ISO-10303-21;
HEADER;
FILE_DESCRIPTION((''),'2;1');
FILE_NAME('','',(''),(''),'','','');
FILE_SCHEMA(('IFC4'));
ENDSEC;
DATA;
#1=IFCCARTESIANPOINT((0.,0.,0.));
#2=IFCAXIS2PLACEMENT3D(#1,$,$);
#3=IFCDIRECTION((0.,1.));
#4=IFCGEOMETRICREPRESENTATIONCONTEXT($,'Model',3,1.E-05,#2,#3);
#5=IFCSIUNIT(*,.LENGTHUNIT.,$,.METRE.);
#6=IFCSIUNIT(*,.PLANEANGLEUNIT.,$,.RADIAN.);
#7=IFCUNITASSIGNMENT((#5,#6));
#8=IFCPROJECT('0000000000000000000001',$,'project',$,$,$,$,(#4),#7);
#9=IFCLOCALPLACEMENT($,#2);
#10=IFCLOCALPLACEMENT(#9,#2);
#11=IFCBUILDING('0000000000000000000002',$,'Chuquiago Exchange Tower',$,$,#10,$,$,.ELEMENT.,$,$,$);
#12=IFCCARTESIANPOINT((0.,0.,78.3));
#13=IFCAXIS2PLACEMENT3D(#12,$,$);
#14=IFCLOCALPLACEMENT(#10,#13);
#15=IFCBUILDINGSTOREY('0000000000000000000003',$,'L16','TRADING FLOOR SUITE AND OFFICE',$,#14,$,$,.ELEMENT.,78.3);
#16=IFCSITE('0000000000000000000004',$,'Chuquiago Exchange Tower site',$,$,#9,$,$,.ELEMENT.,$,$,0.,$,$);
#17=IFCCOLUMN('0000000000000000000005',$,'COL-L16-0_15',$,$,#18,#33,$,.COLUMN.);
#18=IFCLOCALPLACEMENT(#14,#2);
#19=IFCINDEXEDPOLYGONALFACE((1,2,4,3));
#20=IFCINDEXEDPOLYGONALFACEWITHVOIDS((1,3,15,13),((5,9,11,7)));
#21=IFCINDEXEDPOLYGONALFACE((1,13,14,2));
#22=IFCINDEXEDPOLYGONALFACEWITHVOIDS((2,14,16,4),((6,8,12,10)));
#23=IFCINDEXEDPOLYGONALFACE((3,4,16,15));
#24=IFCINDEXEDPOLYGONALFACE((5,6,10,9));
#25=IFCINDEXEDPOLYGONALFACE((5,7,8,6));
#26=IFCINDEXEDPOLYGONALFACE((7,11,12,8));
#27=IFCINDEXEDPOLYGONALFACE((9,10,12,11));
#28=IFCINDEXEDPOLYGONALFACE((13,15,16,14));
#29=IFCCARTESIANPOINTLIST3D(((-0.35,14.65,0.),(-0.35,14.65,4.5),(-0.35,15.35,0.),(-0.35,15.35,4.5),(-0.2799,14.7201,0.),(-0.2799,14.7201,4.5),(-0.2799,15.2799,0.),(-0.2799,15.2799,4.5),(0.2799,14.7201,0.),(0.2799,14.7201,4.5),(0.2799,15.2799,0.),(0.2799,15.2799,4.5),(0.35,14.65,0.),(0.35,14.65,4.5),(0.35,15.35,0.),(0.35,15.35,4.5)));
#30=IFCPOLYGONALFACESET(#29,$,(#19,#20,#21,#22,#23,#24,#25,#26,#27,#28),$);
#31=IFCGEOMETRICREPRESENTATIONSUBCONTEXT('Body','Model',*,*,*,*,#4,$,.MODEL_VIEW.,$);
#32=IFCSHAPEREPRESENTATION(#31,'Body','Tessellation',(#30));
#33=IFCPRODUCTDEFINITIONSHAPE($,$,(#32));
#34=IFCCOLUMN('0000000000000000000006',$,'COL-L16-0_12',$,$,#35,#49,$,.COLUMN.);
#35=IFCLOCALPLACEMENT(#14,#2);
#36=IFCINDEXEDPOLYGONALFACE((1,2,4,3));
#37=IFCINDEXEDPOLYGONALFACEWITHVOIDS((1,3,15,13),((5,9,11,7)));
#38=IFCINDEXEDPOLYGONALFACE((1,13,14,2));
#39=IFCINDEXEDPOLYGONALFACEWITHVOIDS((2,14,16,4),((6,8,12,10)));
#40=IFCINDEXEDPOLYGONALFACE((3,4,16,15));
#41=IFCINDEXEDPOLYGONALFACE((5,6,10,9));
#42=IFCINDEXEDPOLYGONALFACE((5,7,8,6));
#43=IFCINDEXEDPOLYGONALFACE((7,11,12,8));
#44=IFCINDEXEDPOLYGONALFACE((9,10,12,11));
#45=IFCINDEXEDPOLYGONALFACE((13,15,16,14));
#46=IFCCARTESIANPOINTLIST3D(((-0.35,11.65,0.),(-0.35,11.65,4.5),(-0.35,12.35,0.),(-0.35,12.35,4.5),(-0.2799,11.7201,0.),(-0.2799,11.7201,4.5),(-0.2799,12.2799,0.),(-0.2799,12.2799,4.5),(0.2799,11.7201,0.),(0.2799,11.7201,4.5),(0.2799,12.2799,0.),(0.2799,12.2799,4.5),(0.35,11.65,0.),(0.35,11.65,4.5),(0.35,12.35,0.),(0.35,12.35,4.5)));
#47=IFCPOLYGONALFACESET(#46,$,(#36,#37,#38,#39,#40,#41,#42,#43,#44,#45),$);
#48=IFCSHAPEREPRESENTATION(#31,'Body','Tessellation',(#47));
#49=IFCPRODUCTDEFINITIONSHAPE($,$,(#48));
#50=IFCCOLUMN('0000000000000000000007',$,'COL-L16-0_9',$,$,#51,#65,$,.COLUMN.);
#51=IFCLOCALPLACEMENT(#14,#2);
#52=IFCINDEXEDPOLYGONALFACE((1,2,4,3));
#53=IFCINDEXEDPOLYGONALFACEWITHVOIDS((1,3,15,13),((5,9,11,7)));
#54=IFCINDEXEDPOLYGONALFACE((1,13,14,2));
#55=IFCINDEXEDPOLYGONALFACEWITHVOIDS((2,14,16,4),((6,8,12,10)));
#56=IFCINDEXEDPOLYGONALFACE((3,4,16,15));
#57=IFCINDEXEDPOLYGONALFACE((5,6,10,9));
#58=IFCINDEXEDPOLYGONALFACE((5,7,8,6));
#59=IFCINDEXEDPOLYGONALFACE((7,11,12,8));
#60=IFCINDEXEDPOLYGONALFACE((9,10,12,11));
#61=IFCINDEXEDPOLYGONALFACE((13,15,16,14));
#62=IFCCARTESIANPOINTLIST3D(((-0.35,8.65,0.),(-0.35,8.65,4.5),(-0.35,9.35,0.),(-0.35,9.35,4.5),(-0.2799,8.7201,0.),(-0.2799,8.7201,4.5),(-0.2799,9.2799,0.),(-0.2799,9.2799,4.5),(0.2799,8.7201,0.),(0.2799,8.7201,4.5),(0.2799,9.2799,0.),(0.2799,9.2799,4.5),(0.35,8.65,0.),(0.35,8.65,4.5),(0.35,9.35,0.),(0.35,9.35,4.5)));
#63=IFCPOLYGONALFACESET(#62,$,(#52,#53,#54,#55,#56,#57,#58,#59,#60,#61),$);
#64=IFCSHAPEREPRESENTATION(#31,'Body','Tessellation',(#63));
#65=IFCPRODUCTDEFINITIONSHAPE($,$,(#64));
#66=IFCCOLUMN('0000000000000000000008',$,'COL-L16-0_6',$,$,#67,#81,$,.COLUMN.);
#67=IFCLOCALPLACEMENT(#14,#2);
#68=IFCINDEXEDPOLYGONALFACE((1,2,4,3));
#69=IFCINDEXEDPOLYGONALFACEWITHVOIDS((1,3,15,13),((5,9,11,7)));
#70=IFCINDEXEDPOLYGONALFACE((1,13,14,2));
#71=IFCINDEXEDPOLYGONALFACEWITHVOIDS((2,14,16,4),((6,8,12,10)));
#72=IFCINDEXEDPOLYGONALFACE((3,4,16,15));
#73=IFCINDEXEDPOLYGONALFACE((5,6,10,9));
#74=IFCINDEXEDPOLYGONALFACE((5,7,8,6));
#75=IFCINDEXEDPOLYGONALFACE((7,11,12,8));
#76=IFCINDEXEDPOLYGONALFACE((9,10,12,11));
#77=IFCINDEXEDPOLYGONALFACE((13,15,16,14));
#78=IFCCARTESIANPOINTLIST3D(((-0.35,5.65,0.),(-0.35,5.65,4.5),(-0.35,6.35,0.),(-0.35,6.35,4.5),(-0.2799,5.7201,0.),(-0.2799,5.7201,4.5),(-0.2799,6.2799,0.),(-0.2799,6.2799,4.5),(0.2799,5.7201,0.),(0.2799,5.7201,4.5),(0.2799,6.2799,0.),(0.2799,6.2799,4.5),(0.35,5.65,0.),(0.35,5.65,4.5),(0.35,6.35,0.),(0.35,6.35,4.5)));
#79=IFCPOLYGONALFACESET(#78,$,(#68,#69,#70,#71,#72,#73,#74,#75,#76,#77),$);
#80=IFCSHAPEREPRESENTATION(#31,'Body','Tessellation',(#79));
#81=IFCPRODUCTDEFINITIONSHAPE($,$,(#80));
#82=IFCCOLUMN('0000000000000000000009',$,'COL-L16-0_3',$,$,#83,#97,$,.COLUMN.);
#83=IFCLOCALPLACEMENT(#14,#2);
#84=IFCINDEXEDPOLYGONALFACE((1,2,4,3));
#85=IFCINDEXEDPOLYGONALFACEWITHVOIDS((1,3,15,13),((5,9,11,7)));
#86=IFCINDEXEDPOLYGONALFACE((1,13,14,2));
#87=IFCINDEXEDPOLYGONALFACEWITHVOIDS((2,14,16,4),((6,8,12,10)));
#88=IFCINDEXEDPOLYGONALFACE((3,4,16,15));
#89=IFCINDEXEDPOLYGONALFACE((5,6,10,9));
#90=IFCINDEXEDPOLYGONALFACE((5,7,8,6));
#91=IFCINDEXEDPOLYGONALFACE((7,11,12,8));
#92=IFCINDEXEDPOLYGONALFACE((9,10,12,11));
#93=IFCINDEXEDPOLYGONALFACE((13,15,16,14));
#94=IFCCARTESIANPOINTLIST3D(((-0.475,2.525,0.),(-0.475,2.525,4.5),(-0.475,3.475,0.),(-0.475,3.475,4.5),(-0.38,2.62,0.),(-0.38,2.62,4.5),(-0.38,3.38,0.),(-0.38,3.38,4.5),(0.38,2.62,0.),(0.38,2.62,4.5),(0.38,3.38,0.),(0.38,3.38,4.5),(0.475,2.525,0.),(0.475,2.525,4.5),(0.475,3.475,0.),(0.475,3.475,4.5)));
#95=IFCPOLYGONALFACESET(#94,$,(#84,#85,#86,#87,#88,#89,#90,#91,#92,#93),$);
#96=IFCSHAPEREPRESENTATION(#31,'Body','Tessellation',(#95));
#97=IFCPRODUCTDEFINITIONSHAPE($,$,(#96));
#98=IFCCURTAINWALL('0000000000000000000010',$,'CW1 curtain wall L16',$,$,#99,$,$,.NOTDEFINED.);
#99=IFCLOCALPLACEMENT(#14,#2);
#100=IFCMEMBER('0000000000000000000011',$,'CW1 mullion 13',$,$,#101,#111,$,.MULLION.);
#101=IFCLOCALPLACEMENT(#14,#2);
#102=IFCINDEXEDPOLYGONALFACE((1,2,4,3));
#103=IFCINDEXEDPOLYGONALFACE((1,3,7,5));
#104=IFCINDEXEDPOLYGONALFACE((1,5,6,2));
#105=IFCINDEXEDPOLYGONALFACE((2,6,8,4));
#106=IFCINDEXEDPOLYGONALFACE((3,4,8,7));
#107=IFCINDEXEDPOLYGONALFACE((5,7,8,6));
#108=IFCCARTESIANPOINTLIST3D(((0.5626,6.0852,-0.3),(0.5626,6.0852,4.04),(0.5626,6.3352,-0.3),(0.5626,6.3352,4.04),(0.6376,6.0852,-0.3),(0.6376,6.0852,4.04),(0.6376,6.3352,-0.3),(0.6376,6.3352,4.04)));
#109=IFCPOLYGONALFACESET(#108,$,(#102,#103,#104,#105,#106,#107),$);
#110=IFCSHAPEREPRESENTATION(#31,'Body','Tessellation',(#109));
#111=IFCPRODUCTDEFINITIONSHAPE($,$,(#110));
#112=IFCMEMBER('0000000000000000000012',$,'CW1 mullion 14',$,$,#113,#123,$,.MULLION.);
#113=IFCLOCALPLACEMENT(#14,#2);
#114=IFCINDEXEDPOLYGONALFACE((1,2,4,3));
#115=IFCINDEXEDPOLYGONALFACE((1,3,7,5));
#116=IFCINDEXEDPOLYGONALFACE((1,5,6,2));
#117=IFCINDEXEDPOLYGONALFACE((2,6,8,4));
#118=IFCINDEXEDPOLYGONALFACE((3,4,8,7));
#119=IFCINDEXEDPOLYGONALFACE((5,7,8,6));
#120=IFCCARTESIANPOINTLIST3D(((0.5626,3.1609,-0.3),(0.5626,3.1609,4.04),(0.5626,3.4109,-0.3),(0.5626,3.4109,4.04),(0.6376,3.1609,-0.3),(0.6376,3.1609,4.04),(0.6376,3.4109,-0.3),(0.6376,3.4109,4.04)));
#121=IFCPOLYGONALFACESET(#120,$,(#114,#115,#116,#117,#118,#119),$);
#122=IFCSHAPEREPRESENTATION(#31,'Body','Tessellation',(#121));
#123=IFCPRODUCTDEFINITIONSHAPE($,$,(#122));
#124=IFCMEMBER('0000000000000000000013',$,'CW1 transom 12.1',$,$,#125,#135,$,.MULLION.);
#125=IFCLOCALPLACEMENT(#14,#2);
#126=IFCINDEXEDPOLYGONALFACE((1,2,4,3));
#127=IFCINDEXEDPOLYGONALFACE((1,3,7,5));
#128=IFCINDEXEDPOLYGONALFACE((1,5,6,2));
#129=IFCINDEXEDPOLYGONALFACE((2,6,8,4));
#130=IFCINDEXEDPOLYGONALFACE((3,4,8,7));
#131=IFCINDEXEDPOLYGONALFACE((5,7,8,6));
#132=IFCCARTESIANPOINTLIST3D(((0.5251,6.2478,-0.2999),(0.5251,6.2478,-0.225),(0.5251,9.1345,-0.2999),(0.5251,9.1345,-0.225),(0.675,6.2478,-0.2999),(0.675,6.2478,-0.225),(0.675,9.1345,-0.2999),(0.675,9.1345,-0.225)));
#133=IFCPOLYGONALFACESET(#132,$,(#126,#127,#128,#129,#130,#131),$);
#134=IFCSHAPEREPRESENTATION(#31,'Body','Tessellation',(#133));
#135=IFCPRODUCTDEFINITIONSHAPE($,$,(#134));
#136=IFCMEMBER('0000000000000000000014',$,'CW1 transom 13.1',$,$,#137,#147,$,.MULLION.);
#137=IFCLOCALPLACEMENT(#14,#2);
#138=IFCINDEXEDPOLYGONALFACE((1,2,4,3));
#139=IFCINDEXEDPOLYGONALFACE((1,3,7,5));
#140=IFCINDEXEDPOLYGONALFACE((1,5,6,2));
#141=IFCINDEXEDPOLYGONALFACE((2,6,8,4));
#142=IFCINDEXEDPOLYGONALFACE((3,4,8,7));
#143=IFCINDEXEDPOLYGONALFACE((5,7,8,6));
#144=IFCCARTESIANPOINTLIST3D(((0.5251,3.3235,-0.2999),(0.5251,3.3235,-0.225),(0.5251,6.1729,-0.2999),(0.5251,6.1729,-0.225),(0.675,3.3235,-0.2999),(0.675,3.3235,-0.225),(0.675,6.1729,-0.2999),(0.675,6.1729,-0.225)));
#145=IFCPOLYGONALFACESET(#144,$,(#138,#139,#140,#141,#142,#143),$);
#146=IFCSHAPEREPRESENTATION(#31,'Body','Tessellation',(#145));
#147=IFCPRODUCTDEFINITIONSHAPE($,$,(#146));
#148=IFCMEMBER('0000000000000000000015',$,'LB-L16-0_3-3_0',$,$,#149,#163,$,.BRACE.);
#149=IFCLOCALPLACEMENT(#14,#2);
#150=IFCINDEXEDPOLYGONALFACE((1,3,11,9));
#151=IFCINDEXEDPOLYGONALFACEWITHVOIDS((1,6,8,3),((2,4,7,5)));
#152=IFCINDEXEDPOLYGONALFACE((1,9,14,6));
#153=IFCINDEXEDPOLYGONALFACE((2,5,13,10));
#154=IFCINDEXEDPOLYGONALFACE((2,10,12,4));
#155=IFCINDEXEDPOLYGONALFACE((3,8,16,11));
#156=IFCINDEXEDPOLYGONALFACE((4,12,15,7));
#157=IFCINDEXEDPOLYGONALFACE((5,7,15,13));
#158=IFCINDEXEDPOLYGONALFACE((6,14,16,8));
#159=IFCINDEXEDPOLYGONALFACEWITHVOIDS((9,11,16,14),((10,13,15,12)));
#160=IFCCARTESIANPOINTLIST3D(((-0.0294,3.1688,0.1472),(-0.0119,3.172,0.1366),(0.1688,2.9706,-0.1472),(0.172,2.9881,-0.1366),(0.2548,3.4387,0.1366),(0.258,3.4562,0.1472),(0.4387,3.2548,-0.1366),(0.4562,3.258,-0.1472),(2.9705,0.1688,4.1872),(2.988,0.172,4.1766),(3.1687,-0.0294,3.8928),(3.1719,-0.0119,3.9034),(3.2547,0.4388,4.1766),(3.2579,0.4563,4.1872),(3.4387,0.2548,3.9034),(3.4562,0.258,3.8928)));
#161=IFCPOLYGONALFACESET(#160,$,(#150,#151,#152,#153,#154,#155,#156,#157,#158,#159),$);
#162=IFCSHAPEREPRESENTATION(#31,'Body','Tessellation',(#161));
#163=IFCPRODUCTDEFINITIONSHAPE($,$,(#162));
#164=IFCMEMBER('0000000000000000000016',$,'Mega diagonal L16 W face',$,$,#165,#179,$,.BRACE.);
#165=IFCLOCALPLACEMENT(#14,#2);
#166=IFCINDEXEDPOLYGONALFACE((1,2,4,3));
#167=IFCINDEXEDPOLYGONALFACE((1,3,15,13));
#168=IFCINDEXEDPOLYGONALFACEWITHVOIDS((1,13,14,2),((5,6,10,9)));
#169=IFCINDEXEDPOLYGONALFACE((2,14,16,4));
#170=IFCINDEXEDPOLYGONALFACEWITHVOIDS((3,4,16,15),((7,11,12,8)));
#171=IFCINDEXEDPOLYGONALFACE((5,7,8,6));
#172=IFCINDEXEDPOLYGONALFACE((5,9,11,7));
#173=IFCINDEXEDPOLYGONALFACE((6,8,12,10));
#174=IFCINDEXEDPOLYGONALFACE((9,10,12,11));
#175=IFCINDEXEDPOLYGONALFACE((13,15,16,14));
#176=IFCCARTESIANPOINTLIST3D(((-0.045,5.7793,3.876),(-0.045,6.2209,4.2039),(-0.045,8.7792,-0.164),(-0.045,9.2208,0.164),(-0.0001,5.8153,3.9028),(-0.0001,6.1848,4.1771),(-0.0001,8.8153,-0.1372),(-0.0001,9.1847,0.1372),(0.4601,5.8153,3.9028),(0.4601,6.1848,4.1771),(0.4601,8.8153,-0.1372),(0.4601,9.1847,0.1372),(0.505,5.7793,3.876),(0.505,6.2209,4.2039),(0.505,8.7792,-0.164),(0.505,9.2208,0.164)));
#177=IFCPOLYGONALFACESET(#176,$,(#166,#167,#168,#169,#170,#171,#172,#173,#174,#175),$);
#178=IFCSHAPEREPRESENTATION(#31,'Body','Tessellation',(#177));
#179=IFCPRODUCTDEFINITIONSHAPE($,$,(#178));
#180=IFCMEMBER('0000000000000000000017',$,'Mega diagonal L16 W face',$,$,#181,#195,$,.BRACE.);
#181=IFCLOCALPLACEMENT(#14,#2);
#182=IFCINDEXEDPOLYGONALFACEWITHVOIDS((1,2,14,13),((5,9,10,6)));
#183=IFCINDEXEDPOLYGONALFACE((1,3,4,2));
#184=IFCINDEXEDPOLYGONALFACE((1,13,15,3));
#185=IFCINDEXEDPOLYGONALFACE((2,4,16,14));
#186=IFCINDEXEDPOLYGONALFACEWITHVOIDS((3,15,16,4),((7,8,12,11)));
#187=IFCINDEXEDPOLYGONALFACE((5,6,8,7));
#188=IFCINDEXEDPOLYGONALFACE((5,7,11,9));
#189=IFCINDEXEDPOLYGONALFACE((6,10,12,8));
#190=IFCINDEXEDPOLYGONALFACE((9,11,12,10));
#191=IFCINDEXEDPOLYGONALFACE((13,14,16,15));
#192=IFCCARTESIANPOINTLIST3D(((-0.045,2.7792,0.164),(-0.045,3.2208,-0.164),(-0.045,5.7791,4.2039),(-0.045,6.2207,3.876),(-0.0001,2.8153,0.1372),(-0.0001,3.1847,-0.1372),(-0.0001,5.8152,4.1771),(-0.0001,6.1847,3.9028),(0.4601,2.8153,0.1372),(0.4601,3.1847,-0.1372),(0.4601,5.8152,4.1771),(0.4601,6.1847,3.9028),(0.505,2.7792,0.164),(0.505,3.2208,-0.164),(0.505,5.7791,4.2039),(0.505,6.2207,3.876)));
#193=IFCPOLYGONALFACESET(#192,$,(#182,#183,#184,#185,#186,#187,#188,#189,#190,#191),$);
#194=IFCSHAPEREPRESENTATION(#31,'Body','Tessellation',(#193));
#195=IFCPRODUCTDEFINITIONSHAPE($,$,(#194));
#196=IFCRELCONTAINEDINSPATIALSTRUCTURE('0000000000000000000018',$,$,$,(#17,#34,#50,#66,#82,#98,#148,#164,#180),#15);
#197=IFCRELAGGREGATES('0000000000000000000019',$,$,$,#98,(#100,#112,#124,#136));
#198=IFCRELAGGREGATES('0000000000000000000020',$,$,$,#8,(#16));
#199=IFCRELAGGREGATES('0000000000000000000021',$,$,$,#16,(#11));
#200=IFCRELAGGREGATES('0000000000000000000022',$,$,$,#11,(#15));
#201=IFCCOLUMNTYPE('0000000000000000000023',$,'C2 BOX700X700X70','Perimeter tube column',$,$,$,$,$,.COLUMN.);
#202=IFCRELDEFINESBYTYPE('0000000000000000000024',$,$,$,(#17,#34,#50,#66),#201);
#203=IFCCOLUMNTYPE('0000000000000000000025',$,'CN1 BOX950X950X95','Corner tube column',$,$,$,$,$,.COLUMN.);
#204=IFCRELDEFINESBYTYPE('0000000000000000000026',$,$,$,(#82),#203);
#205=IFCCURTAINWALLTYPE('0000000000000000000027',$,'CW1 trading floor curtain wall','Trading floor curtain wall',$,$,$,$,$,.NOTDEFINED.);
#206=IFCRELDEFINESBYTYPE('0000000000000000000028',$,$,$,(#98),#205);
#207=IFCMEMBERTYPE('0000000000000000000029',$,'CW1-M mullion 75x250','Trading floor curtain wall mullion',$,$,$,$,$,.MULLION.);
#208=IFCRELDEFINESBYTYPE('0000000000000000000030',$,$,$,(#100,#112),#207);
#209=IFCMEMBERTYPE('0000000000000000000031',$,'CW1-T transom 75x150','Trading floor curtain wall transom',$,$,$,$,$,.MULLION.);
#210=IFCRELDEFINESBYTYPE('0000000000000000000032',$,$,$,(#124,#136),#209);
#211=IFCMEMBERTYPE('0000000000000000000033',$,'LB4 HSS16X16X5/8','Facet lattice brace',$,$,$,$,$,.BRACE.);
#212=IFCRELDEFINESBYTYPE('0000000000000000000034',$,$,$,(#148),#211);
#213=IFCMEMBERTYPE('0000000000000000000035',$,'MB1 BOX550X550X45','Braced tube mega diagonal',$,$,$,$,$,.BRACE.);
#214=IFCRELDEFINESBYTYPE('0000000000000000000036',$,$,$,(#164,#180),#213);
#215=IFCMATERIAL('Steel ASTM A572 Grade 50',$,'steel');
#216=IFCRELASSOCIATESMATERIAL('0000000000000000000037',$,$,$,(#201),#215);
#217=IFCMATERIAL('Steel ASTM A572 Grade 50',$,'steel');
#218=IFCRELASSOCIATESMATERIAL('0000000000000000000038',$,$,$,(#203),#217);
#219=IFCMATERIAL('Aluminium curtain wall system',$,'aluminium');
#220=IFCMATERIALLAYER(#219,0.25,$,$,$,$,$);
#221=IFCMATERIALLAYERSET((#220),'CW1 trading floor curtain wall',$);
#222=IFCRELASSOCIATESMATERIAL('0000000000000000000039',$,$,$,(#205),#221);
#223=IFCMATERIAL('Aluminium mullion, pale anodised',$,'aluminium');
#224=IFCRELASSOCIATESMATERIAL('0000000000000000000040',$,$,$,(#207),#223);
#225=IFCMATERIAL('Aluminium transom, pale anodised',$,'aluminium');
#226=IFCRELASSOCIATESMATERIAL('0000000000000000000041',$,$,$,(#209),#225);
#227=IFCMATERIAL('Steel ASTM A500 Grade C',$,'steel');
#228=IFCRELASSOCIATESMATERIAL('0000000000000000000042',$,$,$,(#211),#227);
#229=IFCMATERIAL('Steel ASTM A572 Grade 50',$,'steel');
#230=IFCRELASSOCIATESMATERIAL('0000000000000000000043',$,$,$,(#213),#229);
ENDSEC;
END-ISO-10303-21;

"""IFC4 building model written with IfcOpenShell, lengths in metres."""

from ifc_helpers import new_model, si_unit, direction, frame, origin, origin_2d, place, context, subcontext, project, spatial, rectangle, hollow_rectangle, extrude, material, layer, layer_set, material_profile, profile_set, type_object, element, aggregate, save


model = new_model("IFC4")

# Units and contexts
model_context = context("Model", 3, precision=1e-05, world=origin(), true_north=direction((0.0, 1.0)))
body_context = subcontext(model_context, "Body", "Model", "MODEL_VIEW")
ifc_project = project(units=[si_unit("LENGTHUNIT", "METRE"), si_unit("PLANEANGLEUNIT", "RADIAN")], contexts=[model_context])

# Site, building, storey
site_placement = place(None, origin())
site = spatial("IfcSite", under=ifc_project, at=site_placement, Name="Chuquiago Exchange Tower site", CompositionType="ELEMENT", RefElevation=0.0)
building_placement = place(site_placement, origin())
building = spatial("IfcBuilding", under=site, at=building_placement, Name="Chuquiago Exchange Tower", CompositionType="ELEMENT")
storey_placement = place(building_placement, frame((0.0, 0.0, 78.3)))
storey = spatial("IfcBuildingStorey", under=building, at=storey_placement, Name="L16", Description="TRADING FLOOR SUITE AND OFFICE", CompositionType="ELEMENT", Elevation=78.3)

# Columns
ifc_material_1 = material(Name="Steel ASTM A572 Grade 50", Category="steel")
ifc_material_profile_1 = material_profile(ifc_material_1, hollow_rectangle(XDim=0.7, YDim=0.7, WallThickness=0.0701, at=origin_2d()), Name="BOX700X700X70")
ifc_profile_set_1 = profile_set([ifc_material_profile_1], Name="Steel ASTM A572 Grade 50")
column_type_1 = type_object("IfcColumnType", Name="C2 BOX700X700X70", Description="Perimeter tube column", PredefinedType="COLUMN", material=ifc_profile_set_1)
for number, where, z_axis, x_axis, name in (
    (1, (0.0, 15.0, 0.0), (0.0, 0.0, 1.0), (-1.0, 0.0, 0.0), "COL-L16-0_15"),
    (2, (0.0, 12.0, 0.0), (0.0, 0.0, 1.0), (-1.0, 0.0, 0.0), "COL-L16-0_12"),
    (3, (0.0, 9.0, 0.0), (0.0, 0.0, 1.0), (-1.0, 0.0, 0.0), "COL-L16-0_9"),
    (4, (0.0, 6.0, 0.0), (0.0, 0.0, 1.0), (-1.0, 0.0, 0.0), "COL-L16-0_6"),
):
    element("IfcColumn", number, at=place(storey_placement, frame(where, z_axis=z_axis, x_axis=x_axis)), inside=storey, type_object=column_type_1, Name=name, PredefinedType="COLUMN", context=body_context, shape_type="SweptSolid", body=[
        extrude(hollow_rectangle(XDim=0.7, YDim=0.7, WallThickness=0.0701, at=origin_2d()), origin(), (0.0, 0.0, 1.0), 4.5),
    ])
ifc_material_2 = material(Name="Steel ASTM A572 Grade 50", Category="steel")
ifc_material_profile_2 = material_profile(ifc_material_2, hollow_rectangle(XDim=0.95, YDim=0.95, WallThickness=0.095, at=origin_2d()), Name="BOX950X950X95")
ifc_profile_set_2 = profile_set([ifc_material_profile_2], Name="Steel ASTM A572 Grade 50")
column_type_2 = type_object("IfcColumnType", Name="CN1 BOX950X950X95", Description="Corner tube column", PredefinedType="COLUMN", material=ifc_profile_set_2)
column_placement = place(storey_placement, frame((0.0, 3.0, 0.0), z_axis=(0.0, 0.0, 1.0), x_axis=(-1.0, 0.0, 0.0)))
element("IfcColumn", 5, at=column_placement, inside=storey, type_object=column_type_2, Name="COL-L16-0_3", PredefinedType="COLUMN", context=body_context, shape_type="SweptSolid", body=[
    extrude(hollow_rectangle(XDim=0.95, YDim=0.95, WallThickness=0.095, at=origin_2d()), origin(), (0.0, 0.0, 1.0), 4.5),
])

# Curtain wall, members
ifc_material_3 = material(Name="Aluminium curtain wall system", Category="aluminium")
ifc_layer_1 = layer(ifc_material_3, 0.25)
ifc_layer_set_1 = layer_set([ifc_layer_1], Name="CW1 trading floor curtain wall")
curtain_wall_type = type_object("IfcCurtainWallType", Name="CW1 trading floor curtain wall", Description="Trading floor curtain wall", PredefinedType="NOTDEFINED", material=ifc_layer_set_1)
curtain_wall_placement = place(storey_placement, origin())
curtain_wall = element("IfcCurtainWall", 6, at=curtain_wall_placement, inside=storey, type_object=curtain_wall_type, Name="CW1 curtain wall L16", PredefinedType="NOTDEFINED")
ifc_material_4 = material(Name="Aluminium mullion, pale anodised", Category="aluminium")
ifc_material_profile_3 = material_profile(ifc_material_4, rectangle(XDim=0.075, YDim=0.25, at=origin_2d()), Name="AL 75x250")
ifc_profile_set_3 = profile_set([ifc_material_profile_3], Name="Aluminium mullion, pale anodised")
member_type_1 = type_object("IfcMemberType", Name="CW1-M mullion 75x250", Description="Trading floor curtain wall mullion", PredefinedType="MULLION", material=ifc_profile_set_3)
member_1_placement = place(storey_placement, frame((0.6001, 6.2102, -0.3), z_axis=(0.0, 0.0, 1.0), x_axis=(1.0, 0.0, 0.0)))
member_1 = element("IfcMember", 7, at=member_1_placement, type_object=member_type_1, Name="CW1 mullion 13", PredefinedType="MULLION", context=body_context, shape_type="SweptSolid", body=[
    extrude(rectangle(XDim=0.075, YDim=0.25, at=origin_2d()), origin(), (0.0, 0.0, 1.0), 4.3401),
])
member_2_placement = place(storey_placement, frame((0.6001, 3.2859, -0.3), z_axis=(0.0, 0.0, 1.0), x_axis=(1.0, 0.0, 0.0)))
member_2 = element("IfcMember", 8, at=member_2_placement, type_object=member_type_1, Name="CW1 mullion 14", PredefinedType="MULLION", context=body_context, shape_type="SweptSolid", body=[
    extrude(rectangle(XDim=0.075, YDim=0.25, at=origin_2d()), origin(), (0.0, 0.0, 1.0), 4.3401),
])
ifc_material_5 = material(Name="Aluminium transom, pale anodised", Category="aluminium")
ifc_material_profile_4 = material_profile(ifc_material_5, rectangle(XDim=0.1499, YDim=0.075, at=origin_2d()), Name="AL 150x75")
ifc_profile_set_4 = profile_set([ifc_material_profile_4], Name="Aluminium transom, pale anodised")
member_type_2 = type_object("IfcMemberType", Name="CW1-T transom 75x150", Description="Trading floor curtain wall transom", PredefinedType="MULLION", material=ifc_profile_set_4)
member_3_placement = place(storey_placement, frame((0.6001, 9.1345, -0.2625), z_axis=(0.0, -1.0, 0.0), x_axis=(1.0, 0.0, 0.0)))
member_3 = element("IfcMember", 9, at=member_3_placement, type_object=member_type_2, Name="CW1 transom 12.1", PredefinedType="MULLION", context=body_context, shape_type="SweptSolid", body=[
    extrude(rectangle(XDim=0.1499, YDim=0.075, at=origin_2d()), origin(), (0.0, 0.0, 1.0), 2.8867),
])
member_4_placement = place(storey_placement, frame((0.6001, 6.1729, -0.2625), z_axis=(0.0, -1.0, 0.0), x_axis=(1.0, 0.0, 0.0)))
member_4 = element("IfcMember", 10, at=member_4_placement, type_object=member_type_2, Name="CW1 transom 13.1", PredefinedType="MULLION", context=body_context, shape_type="SweptSolid", body=[
    extrude(rectangle(XDim=0.1499, YDim=0.075, at=origin_2d()), origin(), (0.0, 0.0, 1.0), 2.8494),
])

# Members
ifc_material_6 = material(Name="Steel ASTM A500 Grade C", Category="steel")
ifc_material_profile_5 = material_profile(ifc_material_6, hollow_rectangle(XDim=0.4065, YDim=0.4065, WallThickness=0.0146, at=origin_2d()), Name="HSS16X16X5/8")
ifc_profile_set_5 = profile_set([ifc_material_profile_5], Name="Steel ASTM A500 Grade C")
member_type_3 = type_object("IfcMemberType", Name="LB4 HSS16X16X5/8", Description="Facet lattice brace", PredefinedType="BRACE", material=ifc_profile_set_5)
member_5_placement = place(storey_placement, frame((0.2134, 3.2134, 0.0), z_axis=(0.512077, -0.512077, 0.689604), x_axis=(0.707107, 0.707107, 0.0)))
element("IfcMember", 11, at=member_5_placement, inside=storey, type_object=member_type_3, Name="LB-L16-0_3-3_0", PredefinedType="BRACE", context=body_context, shape_type="SweptSolid", body=[
    extrude(hollow_rectangle(XDim=0.4065, YDim=0.4065, WallThickness=0.0146, at=origin_2d()), origin(), (0.0, 0.0, 1.0), 5.8584),
])
ifc_material_7 = material(Name="Steel ASTM A572 Grade 50", Category="steel")
ifc_material_profile_6 = material_profile(ifc_material_7, hollow_rectangle(XDim=0.55, YDim=0.55, WallThickness=0.0449, at=origin_2d()), Name="BOX550X550X45")
ifc_profile_set_6 = profile_set([ifc_material_profile_6], Name="Steel ASTM A572 Grade 50")
member_type_4 = type_object("IfcMemberType", Name="MB1 BOX550X550X45", Description="Braced tube mega diagonal", PredefinedType="BRACE", material=ifc_profile_set_6)
for number, where, z_axis, x_axis, name in (
    (12, (0.23, 9.0, 0.0), (0.0, -0.596174, 0.802855), (1.0, 0.0, 0.0), "Mega diagonal L16 W face"),
    (13, (0.23, 3.0, 0.0), (0.0, 0.596174, 0.802855), (-1.0, 0.0, 0.0), "Mega diagonal L16 W face"),
):
    element("IfcMember", number, at=place(storey_placement, frame(where, z_axis=z_axis, x_axis=x_axis)), inside=storey, type_object=member_type_4, Name=name, PredefinedType="BRACE", context=body_context, shape_type="SweptSolid", body=[
        extrude(hollow_rectangle(XDim=0.55, YDim=0.55, WallThickness=0.0449, at=origin_2d()), origin(), (0.0, 0.0, 1.0), 5.032),
    ])

aggregate(curtain_wall, [member_1, member_2, member_3, member_4])

save(model, "model.ifc")
